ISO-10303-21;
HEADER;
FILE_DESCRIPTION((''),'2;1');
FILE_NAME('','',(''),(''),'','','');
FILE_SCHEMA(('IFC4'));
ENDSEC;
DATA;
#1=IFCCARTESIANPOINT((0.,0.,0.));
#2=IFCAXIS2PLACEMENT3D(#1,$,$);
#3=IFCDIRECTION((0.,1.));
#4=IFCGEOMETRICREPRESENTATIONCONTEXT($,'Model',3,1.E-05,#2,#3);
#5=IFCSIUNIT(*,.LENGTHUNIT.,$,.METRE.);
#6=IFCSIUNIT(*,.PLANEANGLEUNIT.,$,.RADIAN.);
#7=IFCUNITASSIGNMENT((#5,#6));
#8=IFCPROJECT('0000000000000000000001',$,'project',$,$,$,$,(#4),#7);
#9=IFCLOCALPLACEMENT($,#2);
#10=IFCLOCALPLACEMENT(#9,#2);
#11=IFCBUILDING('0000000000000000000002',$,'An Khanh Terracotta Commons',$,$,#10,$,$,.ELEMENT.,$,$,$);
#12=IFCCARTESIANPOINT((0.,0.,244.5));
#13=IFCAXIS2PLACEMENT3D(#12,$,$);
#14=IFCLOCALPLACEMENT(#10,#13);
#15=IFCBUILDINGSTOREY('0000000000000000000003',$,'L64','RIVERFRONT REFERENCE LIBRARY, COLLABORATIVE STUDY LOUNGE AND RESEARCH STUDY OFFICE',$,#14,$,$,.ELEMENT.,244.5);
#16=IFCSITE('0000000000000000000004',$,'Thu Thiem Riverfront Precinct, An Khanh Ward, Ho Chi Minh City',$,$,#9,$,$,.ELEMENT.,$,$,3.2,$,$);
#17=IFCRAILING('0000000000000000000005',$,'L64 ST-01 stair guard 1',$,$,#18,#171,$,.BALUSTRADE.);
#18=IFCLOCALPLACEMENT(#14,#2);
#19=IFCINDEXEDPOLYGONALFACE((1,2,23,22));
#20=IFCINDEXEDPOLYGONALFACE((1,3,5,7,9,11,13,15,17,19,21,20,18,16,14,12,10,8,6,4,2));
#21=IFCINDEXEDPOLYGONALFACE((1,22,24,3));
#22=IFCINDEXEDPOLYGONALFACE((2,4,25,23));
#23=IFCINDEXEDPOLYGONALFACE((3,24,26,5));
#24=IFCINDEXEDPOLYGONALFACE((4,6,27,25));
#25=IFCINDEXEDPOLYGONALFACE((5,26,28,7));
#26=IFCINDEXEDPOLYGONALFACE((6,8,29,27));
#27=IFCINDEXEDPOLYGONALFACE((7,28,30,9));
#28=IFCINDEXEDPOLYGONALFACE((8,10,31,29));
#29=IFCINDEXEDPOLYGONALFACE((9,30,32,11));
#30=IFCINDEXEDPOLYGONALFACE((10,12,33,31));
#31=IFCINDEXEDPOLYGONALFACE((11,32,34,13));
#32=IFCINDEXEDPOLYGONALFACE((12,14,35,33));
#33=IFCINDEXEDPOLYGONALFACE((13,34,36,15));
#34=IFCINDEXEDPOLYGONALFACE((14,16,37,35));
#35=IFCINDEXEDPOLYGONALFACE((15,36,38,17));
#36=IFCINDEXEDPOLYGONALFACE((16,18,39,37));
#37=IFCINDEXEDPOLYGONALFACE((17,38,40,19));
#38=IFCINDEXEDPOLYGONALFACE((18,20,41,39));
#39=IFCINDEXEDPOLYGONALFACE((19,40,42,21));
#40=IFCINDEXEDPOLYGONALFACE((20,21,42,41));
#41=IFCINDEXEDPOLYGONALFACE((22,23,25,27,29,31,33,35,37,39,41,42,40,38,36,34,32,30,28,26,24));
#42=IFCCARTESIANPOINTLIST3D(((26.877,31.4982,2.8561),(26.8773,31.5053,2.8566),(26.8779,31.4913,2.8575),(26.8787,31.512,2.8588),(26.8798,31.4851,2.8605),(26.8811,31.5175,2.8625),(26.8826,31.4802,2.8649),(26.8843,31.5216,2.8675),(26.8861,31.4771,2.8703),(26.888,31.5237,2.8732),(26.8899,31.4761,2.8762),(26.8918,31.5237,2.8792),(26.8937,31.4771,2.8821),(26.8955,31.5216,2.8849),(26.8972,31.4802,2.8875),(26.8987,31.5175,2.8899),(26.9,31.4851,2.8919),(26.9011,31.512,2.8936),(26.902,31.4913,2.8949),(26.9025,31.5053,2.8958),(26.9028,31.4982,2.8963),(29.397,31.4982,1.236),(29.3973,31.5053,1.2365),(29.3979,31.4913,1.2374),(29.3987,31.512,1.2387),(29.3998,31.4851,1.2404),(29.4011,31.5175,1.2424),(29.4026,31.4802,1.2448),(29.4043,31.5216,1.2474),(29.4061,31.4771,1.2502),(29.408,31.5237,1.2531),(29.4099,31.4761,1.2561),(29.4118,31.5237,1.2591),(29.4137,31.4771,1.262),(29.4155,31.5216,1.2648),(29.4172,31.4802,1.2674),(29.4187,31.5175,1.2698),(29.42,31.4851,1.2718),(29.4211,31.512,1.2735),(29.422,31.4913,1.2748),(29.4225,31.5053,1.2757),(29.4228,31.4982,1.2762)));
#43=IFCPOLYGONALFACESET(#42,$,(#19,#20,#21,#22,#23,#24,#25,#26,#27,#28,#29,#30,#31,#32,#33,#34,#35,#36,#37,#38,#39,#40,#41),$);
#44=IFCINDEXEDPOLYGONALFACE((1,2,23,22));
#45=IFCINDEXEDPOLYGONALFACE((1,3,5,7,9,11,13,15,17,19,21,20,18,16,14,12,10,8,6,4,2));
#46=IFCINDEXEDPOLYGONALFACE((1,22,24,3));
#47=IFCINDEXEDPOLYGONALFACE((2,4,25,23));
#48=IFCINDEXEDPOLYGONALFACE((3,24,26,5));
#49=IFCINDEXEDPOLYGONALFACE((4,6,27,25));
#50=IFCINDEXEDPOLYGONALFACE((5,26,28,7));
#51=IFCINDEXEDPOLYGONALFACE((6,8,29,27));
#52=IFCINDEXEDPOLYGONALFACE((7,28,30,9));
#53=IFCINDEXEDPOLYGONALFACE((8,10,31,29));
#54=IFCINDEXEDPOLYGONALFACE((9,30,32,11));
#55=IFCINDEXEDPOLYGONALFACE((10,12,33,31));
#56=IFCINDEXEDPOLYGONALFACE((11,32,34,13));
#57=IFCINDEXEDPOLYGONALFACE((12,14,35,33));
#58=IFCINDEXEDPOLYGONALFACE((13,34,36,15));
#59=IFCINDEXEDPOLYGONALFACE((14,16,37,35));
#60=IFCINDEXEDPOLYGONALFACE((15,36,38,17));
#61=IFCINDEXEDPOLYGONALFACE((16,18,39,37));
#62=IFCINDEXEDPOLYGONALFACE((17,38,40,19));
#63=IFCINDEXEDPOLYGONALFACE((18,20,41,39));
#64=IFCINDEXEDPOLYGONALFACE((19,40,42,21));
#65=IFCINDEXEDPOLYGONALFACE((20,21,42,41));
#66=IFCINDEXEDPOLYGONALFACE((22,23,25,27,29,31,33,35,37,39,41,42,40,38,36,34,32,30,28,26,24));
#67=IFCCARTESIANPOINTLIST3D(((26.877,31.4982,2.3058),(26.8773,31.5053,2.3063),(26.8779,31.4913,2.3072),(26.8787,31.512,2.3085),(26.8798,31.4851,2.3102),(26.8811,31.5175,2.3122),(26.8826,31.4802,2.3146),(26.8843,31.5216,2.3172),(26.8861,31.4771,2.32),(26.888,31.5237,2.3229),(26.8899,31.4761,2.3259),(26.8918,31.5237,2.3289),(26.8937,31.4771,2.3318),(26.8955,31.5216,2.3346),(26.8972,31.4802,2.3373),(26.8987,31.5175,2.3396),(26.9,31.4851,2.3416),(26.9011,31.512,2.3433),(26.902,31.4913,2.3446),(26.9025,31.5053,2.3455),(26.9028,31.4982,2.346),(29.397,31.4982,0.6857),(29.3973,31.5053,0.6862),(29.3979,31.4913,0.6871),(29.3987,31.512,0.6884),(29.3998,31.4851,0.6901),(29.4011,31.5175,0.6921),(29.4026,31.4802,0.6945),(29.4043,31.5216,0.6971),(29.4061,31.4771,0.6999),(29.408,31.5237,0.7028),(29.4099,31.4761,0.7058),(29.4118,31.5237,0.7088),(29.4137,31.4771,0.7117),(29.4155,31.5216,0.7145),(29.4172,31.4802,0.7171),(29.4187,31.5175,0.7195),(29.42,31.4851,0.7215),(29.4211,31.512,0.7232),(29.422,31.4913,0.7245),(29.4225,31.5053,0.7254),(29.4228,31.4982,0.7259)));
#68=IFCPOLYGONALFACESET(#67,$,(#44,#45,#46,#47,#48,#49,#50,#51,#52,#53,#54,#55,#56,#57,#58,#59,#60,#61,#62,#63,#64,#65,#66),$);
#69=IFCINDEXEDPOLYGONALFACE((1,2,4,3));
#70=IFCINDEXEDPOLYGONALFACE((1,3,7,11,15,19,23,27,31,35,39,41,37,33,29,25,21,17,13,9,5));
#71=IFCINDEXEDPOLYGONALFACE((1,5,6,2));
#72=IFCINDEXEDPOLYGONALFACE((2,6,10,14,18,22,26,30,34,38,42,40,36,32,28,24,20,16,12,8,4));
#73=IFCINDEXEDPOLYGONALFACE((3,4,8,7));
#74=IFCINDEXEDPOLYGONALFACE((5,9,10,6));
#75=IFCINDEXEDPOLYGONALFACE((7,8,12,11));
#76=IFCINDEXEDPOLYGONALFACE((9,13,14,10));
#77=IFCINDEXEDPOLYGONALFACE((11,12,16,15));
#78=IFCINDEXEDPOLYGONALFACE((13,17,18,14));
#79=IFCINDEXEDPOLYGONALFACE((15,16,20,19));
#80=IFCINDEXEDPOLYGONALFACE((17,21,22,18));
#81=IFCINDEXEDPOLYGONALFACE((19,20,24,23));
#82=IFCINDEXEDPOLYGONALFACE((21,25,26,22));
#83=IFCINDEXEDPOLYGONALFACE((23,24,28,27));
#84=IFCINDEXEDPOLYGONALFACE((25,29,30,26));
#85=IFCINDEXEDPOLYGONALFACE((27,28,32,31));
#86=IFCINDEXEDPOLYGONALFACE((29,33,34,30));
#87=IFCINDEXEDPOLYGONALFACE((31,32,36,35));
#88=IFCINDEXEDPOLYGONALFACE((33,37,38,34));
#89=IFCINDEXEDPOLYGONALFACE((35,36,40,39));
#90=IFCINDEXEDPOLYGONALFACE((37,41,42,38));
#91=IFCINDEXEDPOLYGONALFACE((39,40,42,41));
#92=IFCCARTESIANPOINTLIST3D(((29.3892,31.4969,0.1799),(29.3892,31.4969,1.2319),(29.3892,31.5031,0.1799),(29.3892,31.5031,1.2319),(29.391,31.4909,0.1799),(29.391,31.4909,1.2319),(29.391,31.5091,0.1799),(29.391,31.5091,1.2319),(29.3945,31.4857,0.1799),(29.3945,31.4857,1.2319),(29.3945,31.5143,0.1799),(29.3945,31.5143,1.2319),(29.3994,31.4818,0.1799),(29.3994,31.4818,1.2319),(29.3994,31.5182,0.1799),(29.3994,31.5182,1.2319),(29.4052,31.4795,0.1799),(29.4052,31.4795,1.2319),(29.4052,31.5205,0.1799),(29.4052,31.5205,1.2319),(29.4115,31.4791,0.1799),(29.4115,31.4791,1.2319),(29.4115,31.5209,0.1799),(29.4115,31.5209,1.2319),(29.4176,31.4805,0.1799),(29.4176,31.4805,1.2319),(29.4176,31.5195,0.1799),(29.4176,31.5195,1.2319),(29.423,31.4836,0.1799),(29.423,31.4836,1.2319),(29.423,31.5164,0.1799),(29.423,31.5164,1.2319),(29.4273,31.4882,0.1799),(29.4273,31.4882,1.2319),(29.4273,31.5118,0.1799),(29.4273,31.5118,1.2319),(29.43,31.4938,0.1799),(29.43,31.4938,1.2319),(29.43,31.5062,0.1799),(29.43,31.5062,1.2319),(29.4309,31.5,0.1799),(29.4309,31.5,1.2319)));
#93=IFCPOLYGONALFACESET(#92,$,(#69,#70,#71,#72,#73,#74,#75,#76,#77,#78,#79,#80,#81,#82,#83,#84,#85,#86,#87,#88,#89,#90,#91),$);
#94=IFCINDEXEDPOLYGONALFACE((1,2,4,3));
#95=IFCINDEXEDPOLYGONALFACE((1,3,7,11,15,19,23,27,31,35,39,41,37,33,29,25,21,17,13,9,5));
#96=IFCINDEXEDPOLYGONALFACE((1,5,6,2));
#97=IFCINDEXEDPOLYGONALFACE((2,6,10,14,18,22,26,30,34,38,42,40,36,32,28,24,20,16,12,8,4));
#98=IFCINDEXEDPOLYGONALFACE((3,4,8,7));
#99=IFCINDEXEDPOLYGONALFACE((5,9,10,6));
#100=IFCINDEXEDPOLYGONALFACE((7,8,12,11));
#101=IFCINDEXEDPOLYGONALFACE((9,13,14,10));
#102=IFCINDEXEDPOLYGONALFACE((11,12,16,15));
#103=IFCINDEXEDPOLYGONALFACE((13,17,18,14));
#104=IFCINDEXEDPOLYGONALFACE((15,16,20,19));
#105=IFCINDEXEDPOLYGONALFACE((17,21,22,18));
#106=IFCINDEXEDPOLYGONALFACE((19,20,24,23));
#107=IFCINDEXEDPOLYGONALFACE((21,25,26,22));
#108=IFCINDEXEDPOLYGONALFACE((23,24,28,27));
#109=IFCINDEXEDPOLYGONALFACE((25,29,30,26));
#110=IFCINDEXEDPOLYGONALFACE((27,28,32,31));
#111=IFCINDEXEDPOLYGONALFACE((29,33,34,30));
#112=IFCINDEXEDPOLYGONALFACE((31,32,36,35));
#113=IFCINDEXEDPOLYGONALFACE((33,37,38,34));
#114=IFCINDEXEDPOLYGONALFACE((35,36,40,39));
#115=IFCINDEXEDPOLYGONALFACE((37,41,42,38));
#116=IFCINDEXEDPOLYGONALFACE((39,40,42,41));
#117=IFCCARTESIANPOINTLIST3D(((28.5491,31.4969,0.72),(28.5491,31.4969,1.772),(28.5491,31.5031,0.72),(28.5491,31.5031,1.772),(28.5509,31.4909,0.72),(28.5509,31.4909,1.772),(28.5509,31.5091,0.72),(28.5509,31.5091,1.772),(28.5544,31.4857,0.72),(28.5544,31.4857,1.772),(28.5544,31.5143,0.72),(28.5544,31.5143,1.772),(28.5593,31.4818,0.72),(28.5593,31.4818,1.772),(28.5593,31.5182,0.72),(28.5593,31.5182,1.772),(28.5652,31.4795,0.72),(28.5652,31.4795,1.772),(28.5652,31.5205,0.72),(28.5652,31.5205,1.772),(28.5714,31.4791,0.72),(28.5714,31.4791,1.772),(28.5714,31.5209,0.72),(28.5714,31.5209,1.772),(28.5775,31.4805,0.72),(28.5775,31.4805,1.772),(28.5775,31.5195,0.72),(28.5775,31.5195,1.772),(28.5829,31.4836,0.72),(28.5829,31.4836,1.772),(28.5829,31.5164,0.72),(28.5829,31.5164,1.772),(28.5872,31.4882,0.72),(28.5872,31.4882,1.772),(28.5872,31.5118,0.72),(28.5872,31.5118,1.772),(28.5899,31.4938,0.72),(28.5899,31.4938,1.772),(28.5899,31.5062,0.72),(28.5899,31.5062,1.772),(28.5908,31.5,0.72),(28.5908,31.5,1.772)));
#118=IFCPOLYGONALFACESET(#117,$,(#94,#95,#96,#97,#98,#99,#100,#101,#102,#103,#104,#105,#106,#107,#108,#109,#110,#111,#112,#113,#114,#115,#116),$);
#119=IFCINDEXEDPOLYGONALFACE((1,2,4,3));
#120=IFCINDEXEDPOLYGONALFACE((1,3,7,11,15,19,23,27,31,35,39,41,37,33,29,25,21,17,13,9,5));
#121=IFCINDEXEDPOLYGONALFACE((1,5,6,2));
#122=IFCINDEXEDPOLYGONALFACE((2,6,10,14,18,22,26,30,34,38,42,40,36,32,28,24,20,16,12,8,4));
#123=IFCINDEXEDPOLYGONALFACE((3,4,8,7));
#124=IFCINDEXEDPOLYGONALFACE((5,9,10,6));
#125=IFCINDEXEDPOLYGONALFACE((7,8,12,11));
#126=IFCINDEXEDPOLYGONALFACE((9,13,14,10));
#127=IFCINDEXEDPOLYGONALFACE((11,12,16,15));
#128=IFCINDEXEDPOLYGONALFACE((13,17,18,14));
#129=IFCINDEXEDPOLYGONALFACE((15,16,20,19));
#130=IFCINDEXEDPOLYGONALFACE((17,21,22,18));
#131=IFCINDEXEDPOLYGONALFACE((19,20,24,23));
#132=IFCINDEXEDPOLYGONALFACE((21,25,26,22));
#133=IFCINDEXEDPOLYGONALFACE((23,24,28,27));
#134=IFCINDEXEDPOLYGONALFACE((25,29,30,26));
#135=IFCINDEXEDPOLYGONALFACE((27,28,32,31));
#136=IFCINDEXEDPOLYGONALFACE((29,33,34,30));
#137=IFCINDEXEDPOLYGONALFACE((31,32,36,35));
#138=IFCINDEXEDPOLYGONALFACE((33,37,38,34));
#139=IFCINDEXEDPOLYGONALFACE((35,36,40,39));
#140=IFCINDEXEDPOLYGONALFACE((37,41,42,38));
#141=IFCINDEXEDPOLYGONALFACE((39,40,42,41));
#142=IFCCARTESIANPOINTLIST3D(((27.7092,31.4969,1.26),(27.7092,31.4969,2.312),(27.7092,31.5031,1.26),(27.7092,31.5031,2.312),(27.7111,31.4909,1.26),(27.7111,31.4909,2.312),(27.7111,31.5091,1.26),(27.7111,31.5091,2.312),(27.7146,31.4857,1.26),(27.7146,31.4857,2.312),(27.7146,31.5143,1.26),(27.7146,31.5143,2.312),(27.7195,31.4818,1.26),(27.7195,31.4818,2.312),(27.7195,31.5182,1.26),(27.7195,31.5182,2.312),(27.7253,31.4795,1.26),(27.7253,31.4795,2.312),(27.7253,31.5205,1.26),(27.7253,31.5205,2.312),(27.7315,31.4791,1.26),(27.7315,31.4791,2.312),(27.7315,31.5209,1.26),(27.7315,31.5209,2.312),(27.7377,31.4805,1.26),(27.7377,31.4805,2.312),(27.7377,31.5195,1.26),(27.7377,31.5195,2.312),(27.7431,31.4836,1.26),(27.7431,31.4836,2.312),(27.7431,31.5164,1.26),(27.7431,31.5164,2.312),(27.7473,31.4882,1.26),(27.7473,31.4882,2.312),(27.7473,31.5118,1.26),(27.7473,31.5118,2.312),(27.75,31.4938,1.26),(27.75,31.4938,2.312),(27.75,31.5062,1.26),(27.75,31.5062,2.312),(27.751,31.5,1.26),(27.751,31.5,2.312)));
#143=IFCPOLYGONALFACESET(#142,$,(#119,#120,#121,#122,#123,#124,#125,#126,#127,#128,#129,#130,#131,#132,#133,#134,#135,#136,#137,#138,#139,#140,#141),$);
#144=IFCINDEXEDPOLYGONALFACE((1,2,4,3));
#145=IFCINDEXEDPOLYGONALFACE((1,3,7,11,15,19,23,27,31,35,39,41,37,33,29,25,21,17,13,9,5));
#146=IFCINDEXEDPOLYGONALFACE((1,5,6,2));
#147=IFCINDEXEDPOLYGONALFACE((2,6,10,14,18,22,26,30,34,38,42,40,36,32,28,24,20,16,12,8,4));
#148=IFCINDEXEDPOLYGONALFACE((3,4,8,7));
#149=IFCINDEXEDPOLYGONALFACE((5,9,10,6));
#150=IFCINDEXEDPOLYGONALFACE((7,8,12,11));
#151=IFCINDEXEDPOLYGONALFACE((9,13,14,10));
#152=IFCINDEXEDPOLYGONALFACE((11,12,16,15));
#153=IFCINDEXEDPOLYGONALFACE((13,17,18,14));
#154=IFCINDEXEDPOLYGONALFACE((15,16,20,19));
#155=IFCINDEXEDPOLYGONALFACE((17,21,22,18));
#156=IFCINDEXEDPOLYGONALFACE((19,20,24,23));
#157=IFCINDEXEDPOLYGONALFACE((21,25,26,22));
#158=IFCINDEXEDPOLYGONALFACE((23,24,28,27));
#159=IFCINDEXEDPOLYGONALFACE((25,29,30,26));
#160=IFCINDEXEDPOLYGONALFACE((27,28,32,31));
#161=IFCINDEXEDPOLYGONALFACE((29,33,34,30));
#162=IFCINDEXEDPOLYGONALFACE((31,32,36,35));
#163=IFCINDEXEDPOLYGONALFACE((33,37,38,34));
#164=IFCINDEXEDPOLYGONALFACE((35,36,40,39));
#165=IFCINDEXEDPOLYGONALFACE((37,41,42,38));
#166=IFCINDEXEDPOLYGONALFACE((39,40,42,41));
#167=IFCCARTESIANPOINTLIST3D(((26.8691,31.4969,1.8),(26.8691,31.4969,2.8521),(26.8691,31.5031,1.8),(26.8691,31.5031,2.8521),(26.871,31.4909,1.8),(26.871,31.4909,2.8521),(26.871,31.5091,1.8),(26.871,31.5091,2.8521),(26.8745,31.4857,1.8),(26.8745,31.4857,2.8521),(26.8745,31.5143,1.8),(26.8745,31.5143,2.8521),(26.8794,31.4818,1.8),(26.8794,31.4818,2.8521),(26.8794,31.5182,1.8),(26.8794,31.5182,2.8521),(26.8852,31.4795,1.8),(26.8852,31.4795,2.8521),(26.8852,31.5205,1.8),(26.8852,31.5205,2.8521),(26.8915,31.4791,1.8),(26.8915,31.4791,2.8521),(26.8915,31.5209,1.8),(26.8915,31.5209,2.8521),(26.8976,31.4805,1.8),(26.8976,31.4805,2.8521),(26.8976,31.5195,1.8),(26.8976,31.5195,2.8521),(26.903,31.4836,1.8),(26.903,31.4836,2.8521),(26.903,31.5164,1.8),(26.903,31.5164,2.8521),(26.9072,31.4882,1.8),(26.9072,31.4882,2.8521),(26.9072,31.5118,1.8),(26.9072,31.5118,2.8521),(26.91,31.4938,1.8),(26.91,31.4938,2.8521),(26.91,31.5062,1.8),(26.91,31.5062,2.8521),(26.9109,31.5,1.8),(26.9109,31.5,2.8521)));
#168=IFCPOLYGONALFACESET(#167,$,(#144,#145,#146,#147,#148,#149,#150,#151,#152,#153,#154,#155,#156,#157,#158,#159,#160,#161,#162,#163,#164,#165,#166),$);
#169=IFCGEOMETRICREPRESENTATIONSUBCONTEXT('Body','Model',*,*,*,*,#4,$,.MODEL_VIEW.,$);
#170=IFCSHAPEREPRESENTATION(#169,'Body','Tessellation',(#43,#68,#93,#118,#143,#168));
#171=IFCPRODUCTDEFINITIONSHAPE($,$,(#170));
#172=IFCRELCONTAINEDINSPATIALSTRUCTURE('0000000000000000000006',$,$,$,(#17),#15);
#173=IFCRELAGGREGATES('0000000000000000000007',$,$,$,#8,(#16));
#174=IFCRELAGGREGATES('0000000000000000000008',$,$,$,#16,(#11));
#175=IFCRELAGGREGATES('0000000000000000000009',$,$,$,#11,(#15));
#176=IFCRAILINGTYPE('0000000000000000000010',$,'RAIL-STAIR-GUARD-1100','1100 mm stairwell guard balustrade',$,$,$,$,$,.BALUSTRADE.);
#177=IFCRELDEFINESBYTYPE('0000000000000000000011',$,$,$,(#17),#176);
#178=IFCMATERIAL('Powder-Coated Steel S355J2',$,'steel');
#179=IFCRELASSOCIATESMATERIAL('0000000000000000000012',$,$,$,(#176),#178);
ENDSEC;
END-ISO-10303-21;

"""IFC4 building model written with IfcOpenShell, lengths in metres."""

from ifc_helpers import new_model, si_unit, direction, frame, origin, origin_2d, place, context, subcontext, project, spatial, circle, extrude, material, type_object, element, save


model = new_model("IFC4")

# Units and contexts
model_context = context("Model", 3, precision=1e-05, world=origin(), true_north=direction((0.0, 1.0)))
body_context = subcontext(model_context, "Body", "Model", "MODEL_VIEW")
ifc_project = project(units=[si_unit("LENGTHUNIT", "METRE"), si_unit("PLANEANGLEUNIT", "RADIAN")], contexts=[model_context])

# Site, building, storey
site_placement = place(None, origin())
site = spatial("IfcSite", under=ifc_project, at=site_placement, Name="Thu Thiem Riverfront Precinct, An Khanh Ward, Ho Chi Minh City", CompositionType="ELEMENT", RefElevation=3.2)
building_placement = place(site_placement, origin())
building = spatial("IfcBuilding", under=site, at=building_placement, Name="An Khanh Terracotta Commons", CompositionType="ELEMENT")
storey_placement = place(building_placement, frame((0.0, 0.0, 244.5)))
storey = spatial("IfcBuildingStorey", under=building, at=storey_placement, Name="L64", Description="RIVERFRONT REFERENCE LIBRARY, COLLABORATIVE STUDY LOUNGE AND RESEARCH STUDY OFFICE", CompositionType="ELEMENT", Elevation=244.5)

# Railing
ifc_material_1 = material(Name="Powder-Coated Steel S355J2", Category="steel")
railing_type_1 = type_object("IfcRailingType", Name="RAIL-STAIR-GUARD-1100", Description="1100 mm stairwell guard balustrade", PredefinedType="BALUSTRADE", material=ifc_material_1)
railing_1_placement = place(storey_placement, frame((29.4099, 31.5, 0.1799)))
element("IfcRailing", 1, at=railing_1_placement, inside=storey, type_object=railing_type_1, Name="L64 ST-01 stair guard 1", PredefinedType="BALUSTRADE", context=body_context, shape_type="SweptSolid", body=[
    extrude(circle(Radius=0.0239, at=origin_2d()), frame((0.0, 0.0, 1.0762), z_axis=(-0.841163, 0.0, 0.540782), x_axis=(0.0, -1.0, 0.0)), (0.0, 0.0, 1.0), 2.9958),
    extrude(circle(Radius=0.0239, at=origin_2d()), frame((0.0, 0.0, 0.5259), z_axis=(-0.841163, 0.0, 0.540782), x_axis=(0.0, -1.0, 0.0)), (0.0, 0.0, 1.0), 2.9958),
    extrude(circle(Radius=0.021, at=origin_2d()), origin(), (0.0, 0.0, 1.0), 1.052),
    extrude(circle(Radius=0.021, at=origin_2d()), frame((-0.8401, 0.0, 0.54)), (0.0, 0.0, 1.0), 1.052),
    extrude(circle(Radius=0.021, at=origin_2d()), frame((-1.6799, 0.0, 1.0801)), (0.0, 0.0, 1.0), 1.052),
    extrude(circle(Radius=0.021, at=origin_2d()), frame((-2.52, 0.0, 1.6201)), (0.0, 0.0, 1.0), 1.052),
])

save(model, "model.ifc")
